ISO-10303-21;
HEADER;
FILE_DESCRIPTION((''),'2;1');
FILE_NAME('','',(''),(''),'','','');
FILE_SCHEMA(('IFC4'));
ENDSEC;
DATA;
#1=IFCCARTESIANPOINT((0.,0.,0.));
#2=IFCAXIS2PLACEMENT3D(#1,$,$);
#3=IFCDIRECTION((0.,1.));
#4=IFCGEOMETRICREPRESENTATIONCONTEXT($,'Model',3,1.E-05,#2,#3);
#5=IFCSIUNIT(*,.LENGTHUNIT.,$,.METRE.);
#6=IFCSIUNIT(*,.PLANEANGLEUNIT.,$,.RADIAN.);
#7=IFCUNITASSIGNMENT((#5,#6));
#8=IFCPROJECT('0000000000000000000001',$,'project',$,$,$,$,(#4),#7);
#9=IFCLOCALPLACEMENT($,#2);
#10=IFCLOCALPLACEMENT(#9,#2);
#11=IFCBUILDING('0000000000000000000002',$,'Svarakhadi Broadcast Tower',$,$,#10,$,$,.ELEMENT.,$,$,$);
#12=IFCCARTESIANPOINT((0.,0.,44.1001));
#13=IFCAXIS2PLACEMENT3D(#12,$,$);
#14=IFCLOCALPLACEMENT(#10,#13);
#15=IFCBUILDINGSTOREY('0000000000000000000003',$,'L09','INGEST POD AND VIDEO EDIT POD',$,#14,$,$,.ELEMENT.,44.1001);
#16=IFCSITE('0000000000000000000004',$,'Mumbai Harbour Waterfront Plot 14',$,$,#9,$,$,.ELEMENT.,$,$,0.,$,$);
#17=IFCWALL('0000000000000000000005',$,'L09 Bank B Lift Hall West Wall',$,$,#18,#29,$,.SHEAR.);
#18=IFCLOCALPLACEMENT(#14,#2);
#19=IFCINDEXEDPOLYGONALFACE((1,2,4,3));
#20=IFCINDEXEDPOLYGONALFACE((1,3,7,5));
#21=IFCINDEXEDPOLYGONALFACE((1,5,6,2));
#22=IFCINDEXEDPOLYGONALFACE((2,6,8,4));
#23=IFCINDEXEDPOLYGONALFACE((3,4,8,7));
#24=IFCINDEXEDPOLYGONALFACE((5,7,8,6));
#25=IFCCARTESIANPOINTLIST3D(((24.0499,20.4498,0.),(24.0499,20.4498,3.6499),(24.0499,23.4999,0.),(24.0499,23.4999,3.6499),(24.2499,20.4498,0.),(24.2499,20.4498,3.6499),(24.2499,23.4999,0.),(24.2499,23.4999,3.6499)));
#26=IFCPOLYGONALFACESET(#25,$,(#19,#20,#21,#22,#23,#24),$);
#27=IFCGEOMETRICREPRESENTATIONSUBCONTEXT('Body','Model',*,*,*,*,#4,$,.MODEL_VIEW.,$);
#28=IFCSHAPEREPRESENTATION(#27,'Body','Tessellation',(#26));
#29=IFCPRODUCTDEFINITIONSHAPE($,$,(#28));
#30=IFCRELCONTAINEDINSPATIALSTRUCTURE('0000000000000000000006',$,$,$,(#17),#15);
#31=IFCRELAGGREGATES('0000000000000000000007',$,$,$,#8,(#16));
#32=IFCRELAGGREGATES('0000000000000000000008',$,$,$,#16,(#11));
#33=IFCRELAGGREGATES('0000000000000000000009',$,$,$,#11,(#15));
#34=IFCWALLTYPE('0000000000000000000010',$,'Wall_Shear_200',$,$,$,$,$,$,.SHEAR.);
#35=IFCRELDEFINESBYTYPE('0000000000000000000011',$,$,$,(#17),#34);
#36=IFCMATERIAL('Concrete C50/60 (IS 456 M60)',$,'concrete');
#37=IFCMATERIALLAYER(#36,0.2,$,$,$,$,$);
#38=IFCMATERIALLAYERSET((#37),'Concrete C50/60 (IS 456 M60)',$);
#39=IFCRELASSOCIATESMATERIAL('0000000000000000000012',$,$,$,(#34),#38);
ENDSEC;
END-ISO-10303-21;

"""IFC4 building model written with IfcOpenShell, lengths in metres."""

from ifc_helpers import new_model, si_unit, direction, frame, frame_2d, origin, place, context, subcontext, project, spatial, rectangle, extrude, material, layer, layer_set, type_object, element, save


model = new_model("IFC4")

# Units and contexts
model_context = context("Model", 3, precision=1e-05, world=origin(), true_north=direction((0.0, 1.0)))
body_context = subcontext(model_context, "Body", "Model", "MODEL_VIEW")
ifc_project = project(units=[si_unit("LENGTHUNIT", "METRE"), si_unit("PLANEANGLEUNIT", "RADIAN")], contexts=[model_context])

# Site, building, storey
site_placement = place(None, origin())
site = spatial("IfcSite", under=ifc_project, at=site_placement, Name="Mumbai Harbour Waterfront Plot 14", CompositionType="ELEMENT", RefElevation=0.0)
building_placement = place(site_placement, origin())
building = spatial("IfcBuilding", under=site, at=building_placement, Name="Svarakhadi Broadcast Tower", CompositionType="ELEMENT")
storey_placement = place(building_placement, frame((0.0, 0.0, 44.1001)))
storey = spatial("IfcBuildingStorey", under=building, at=storey_placement, Name="L09", Description="INGEST POD AND VIDEO EDIT POD", CompositionType="ELEMENT", Elevation=44.1001)

# Shared definitions
ifc_material_1 = material(Name="Concrete C50/60 (IS 456 M60)", Category="concrete")
ifc_layer_1 = layer(ifc_material_1, 0.2)
ifc_layer_set_1 = layer_set([ifc_layer_1], Name="Concrete C50/60 (IS 456 M60)")
wall_type_1 = type_object("IfcWallType", Name="Wall_Shear_200", PredefinedType="SHEAR", material=ifc_layer_set_1)

# Wall
wall_1_placement = place(storey_placement, frame((24.1499, 20.45, 0.0), z_axis=(0.0, 0.0, 1.0), x_axis=(0.0, 1.0, 0.0)))
element("IfcWall", 1, at=wall_1_placement, inside=storey, type_object=wall_type_1, Name="L09 Bank B Lift Hall West Wall", PredefinedType="SHEAR", context=body_context, shape_type="SweptSolid", body=[
    extrude(rectangle(XDim=3.05, YDim=0.2, at=frame_2d((1.5249, 0.0))), origin(), (0.0, 0.0, 1.0), 3.6499),
])

save(model, "model.ifc")
